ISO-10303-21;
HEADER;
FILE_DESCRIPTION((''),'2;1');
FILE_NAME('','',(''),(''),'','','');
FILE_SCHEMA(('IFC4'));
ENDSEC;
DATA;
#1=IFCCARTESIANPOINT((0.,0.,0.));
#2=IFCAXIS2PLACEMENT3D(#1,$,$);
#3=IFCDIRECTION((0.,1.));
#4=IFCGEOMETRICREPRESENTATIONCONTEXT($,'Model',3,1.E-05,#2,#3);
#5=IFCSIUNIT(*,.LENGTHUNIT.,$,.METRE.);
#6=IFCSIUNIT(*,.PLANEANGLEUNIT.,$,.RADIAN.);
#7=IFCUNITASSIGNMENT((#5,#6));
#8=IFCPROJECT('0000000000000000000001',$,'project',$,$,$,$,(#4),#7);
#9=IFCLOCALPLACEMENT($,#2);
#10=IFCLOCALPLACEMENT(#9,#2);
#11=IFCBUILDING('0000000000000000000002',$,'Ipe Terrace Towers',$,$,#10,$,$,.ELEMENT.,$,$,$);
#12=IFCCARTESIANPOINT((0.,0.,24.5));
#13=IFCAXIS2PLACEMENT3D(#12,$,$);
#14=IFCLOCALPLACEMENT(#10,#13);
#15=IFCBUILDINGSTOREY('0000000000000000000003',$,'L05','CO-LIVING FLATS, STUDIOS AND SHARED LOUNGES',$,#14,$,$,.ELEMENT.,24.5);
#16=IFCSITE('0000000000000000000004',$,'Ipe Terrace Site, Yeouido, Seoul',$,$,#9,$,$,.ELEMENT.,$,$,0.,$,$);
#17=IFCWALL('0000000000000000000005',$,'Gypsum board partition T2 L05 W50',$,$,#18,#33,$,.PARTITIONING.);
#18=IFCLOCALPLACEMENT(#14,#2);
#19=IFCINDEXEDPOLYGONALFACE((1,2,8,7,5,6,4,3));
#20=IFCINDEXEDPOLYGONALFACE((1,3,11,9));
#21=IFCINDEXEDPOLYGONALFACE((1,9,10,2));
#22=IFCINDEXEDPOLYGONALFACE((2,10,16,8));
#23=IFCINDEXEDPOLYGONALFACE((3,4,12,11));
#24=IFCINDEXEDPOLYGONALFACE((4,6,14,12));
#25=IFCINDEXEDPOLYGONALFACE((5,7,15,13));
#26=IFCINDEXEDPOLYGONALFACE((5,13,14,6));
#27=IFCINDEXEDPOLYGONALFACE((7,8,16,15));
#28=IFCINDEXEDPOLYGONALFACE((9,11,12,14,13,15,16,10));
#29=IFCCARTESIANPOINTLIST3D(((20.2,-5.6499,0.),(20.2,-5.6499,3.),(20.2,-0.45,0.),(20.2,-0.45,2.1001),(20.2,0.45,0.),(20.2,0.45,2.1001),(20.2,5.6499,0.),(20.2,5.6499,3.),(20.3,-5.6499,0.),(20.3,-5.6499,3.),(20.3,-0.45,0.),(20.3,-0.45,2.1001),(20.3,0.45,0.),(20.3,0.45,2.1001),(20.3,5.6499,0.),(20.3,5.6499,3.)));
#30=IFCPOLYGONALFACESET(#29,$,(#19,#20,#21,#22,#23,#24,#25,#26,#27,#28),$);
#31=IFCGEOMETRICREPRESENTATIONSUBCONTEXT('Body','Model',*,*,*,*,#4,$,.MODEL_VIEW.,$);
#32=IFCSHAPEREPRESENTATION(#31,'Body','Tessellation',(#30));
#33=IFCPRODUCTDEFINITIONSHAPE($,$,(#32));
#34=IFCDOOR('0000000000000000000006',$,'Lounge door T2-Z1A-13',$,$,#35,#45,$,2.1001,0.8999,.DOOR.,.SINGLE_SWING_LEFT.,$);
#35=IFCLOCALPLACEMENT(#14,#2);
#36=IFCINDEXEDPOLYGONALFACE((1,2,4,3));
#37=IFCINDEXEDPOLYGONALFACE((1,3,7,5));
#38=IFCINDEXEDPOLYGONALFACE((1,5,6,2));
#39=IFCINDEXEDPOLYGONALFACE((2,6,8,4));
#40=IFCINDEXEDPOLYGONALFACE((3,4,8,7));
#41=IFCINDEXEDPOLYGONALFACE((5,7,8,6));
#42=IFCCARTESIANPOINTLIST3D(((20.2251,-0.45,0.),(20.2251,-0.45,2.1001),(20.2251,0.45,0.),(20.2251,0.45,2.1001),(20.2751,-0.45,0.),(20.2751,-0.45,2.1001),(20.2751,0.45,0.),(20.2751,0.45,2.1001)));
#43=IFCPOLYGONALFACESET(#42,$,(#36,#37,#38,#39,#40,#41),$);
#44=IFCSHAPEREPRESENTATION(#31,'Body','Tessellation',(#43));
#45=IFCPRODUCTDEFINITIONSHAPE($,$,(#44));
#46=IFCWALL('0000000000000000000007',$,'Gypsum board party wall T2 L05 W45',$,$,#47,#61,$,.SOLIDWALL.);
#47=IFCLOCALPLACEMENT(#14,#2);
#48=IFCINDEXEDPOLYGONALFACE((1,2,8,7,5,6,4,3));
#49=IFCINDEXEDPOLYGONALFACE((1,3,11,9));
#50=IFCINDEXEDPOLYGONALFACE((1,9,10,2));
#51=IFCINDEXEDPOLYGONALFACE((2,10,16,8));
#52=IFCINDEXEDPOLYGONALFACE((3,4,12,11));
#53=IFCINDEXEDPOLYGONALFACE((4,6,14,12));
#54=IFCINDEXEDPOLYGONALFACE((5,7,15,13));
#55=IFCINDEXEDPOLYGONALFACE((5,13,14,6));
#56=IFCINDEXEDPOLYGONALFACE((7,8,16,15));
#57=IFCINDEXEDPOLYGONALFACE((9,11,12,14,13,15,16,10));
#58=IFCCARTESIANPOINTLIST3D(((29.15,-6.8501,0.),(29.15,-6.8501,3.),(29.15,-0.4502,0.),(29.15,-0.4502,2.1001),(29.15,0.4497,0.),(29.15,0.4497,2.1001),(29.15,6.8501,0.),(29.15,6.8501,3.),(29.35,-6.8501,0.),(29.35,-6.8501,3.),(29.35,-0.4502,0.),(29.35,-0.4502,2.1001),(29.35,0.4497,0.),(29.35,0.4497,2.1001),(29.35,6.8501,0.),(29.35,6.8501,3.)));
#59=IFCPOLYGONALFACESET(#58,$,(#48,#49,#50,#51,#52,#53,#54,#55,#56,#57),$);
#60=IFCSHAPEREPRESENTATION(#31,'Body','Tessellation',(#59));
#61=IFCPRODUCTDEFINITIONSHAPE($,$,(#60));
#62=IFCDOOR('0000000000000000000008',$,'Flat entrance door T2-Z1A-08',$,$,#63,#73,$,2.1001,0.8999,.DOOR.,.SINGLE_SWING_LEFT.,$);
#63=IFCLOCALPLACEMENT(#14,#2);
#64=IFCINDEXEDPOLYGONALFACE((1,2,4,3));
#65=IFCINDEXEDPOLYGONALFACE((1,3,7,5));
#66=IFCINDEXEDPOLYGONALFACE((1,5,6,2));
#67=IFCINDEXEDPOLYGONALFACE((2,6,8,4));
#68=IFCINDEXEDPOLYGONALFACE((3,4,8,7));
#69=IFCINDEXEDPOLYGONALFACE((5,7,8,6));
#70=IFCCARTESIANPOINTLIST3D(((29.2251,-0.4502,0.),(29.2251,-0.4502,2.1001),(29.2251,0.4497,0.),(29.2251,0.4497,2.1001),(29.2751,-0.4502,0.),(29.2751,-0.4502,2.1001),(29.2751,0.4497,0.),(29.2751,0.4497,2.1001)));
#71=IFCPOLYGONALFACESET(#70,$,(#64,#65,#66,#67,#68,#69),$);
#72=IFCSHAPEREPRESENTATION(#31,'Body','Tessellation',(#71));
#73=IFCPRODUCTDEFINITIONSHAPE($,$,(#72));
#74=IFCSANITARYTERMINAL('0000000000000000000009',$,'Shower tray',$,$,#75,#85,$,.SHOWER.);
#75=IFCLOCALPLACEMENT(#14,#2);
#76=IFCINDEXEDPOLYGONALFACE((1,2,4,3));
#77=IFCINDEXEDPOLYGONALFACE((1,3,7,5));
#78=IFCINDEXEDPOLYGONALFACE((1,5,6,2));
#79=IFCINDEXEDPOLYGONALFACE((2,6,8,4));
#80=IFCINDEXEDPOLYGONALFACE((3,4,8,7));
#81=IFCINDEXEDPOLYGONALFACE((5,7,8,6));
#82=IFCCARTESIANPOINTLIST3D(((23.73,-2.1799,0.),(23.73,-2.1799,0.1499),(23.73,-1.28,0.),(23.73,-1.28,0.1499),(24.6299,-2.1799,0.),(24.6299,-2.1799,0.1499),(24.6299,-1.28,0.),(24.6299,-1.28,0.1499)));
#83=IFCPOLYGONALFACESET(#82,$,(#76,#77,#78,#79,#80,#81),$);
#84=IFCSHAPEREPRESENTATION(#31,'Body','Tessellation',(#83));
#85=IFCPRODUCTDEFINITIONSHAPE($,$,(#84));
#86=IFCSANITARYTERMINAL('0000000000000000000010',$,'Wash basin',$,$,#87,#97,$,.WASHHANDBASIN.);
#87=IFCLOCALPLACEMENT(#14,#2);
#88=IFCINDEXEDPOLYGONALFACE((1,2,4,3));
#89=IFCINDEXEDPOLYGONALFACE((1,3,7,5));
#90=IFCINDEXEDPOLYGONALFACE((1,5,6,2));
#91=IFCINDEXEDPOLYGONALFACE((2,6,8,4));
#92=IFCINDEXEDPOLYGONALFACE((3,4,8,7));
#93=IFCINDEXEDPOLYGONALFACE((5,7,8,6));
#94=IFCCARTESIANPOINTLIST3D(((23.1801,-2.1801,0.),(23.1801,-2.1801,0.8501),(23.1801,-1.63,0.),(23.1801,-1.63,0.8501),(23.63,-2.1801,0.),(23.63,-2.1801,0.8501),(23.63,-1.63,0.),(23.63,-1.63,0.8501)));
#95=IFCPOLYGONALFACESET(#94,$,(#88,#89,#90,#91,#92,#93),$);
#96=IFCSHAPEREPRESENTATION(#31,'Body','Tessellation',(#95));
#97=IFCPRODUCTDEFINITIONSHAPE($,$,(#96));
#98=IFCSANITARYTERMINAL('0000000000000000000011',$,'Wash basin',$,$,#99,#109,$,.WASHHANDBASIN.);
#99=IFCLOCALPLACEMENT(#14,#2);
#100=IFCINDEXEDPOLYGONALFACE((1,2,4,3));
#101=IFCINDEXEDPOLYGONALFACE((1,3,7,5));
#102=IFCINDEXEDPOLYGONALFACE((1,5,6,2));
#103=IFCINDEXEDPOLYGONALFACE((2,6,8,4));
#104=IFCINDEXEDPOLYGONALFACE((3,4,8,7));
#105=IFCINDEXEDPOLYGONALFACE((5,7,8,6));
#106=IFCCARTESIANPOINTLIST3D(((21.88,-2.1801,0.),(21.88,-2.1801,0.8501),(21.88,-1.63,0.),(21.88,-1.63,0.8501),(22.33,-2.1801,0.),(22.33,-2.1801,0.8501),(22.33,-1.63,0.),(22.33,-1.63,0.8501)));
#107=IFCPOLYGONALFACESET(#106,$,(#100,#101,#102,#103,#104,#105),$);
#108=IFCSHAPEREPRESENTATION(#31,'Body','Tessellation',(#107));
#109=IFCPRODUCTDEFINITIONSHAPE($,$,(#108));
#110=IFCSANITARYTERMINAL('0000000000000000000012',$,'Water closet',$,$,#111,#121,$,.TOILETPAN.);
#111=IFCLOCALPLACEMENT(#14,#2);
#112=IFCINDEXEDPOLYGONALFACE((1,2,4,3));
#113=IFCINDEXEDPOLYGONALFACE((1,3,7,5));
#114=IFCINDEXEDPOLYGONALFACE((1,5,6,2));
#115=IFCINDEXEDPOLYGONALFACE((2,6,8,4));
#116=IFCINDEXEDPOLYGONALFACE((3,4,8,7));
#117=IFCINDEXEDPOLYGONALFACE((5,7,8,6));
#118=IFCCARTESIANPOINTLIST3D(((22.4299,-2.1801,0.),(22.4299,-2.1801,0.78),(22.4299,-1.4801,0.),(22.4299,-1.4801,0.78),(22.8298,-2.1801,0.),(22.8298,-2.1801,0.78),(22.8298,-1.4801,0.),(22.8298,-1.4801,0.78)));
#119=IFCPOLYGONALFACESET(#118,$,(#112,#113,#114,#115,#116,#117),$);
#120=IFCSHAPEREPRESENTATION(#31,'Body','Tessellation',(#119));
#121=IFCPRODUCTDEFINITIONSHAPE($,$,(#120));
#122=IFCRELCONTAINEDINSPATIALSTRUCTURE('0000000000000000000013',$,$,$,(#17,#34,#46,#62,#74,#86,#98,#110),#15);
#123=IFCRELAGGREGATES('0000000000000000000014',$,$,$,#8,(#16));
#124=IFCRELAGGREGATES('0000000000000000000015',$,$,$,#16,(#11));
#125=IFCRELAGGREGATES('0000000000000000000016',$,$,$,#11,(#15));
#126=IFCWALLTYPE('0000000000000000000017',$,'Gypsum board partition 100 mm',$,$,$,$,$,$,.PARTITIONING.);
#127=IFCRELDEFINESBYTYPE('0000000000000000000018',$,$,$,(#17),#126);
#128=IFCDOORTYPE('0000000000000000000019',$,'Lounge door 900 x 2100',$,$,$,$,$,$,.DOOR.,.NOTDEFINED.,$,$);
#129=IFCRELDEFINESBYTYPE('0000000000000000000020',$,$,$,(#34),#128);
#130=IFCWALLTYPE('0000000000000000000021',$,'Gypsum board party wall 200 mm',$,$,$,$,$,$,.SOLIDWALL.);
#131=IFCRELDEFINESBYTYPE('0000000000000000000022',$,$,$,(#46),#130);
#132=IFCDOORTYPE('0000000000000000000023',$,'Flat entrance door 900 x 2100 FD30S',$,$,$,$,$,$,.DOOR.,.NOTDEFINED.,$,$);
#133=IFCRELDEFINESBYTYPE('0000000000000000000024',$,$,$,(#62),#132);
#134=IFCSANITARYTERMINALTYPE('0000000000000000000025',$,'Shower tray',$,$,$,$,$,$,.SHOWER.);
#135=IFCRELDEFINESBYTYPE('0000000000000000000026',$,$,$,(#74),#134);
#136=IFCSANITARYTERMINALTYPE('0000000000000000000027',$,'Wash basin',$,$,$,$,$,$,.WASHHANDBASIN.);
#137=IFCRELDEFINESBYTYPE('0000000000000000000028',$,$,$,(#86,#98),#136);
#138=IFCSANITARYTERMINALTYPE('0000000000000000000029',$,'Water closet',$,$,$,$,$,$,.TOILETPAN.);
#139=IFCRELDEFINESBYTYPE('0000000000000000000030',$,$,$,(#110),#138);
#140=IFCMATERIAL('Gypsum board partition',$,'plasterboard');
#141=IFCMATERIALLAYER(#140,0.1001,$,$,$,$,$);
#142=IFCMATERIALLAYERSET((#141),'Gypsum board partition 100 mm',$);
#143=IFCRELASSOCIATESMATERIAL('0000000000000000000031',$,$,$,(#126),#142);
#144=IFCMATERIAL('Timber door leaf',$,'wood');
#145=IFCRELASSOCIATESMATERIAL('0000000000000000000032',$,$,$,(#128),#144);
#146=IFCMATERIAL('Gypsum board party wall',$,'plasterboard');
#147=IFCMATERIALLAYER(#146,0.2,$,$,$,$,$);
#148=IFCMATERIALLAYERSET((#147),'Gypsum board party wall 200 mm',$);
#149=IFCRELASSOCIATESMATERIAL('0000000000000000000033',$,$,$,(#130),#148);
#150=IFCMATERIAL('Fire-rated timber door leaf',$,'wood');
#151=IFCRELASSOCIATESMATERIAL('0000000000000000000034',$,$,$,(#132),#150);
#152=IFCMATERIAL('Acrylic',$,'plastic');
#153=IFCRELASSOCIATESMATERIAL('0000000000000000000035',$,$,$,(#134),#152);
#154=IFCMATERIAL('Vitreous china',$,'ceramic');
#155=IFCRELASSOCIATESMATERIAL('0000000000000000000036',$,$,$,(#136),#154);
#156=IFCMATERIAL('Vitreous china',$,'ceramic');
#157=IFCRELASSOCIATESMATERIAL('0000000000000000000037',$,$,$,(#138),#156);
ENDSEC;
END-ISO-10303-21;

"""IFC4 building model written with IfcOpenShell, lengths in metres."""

from ifc_helpers import new_model, si_unit, direction, frame, frame_2d, origin, origin_2d, place, context, subcontext, project, spatial, rectangle, extrude, material, layer, layer_set, type_object, element, fill, save


model = new_model("IFC4")

# Units and contexts
model_context = context("Model", 3, precision=1e-05, world=origin(), true_north=direction((0.0, 1.0)))
body_context = subcontext(model_context, "Body", "Model", "MODEL_VIEW")
ifc_project = project(units=[si_unit("LENGTHUNIT", "METRE"), si_unit("PLANEANGLEUNIT", "RADIAN")], contexts=[model_context])

# Site, building, storey
site_placement = place(None, origin())
site = spatial("IfcSite", under=ifc_project, at=site_placement, Name="Ipe Terrace Site, Yeouido, Seoul", CompositionType="ELEMENT", RefElevation=0.0)
building_placement = place(site_placement, origin())
building = spatial("IfcBuilding", under=site, at=building_placement, Name="Ipe Terrace Towers", CompositionType="ELEMENT")
storey_placement = place(building_placement, frame((0.0, 0.0, 24.5)))
storey = spatial("IfcBuildingStorey", under=building, at=storey_placement, Name="L05", Description="CO-LIVING FLATS, STUDIOS AND SHARED LOUNGES", CompositionType="ELEMENT", Elevation=24.5)

# Shared definitions
ifc_material_1 = material(Name="Gypsum board partition", Category="plasterboard")
ifc_layer_1 = layer(ifc_material_1, 0.1001)
ifc_layer_set_1 = layer_set([ifc_layer_1], Name="Gypsum board partition 100 mm")
wall_type_1 = type_object("IfcWallType", Name="Gypsum board partition 100 mm", PredefinedType="PARTITIONING", material=ifc_layer_set_1)
ifc_material_2 = material(Name="Timber door leaf", Category="wood")
door_type_1 = type_object("IfcDoorType", Name="Lounge door 900 x 2100", OperationType="NOTDEFINED", PredefinedType="DOOR", material=ifc_material_2)

# Walls, openings, doors
wall_1_placement = place(storey_placement, frame((20.25, -5.6499, 0.0), z_axis=(0.0, 0.0, 1.0), x_axis=(0.0, 1.0, 0.0)))
wall_1 = element("IfcWall", 1, at=wall_1_placement, inside=storey, type_object=wall_type_1, Name="Gypsum board partition T2 L05 W50", PredefinedType="PARTITIONING", context=body_context, shape_type="SweptSolid", body=[
    extrude(rectangle(XDim=11.2998, YDim=0.1001, at=frame_2d((5.6499, 0.0))), origin(), (0.0, 0.0, 1.0), 3.0),
])
opening_1_placement = place(wall_1_placement, frame((5.2, 0.0, 0.0)))
opening_1 = element("IfcOpeningElement", 2, at=opening_1_placement, cuts=wall_1, PredefinedType="OPENING", context=body_context, shape_type="SweptSolid", body=[
    extrude(rectangle(XDim=0.8999, YDim=2.1001, at=frame_2d((0.45, 1.05))), frame((0.0, 0.0601, 0.0), z_axis=(0.0, -1.0, 0.0), x_axis=(1.0, 0.0, 0.0)), (0.0, 0.0, 1.0), 0.1201),
])
door_1_placement = place(opening_1_placement, origin())
door_1 = element("IfcDoor", 3, at=door_1_placement, inside=storey, type_object=door_type_1, Name="Lounge door T2-Z1A-13", OperationType="SINGLE_SWING_LEFT", OverallHeight=2.1001, OverallWidth=0.8999, PredefinedType="DOOR", context=body_context, shape_type="SweptSolid", body=[
    extrude(rectangle(XDim=0.8999, YDim=2.1001, at=frame_2d((0.45, 1.05))), frame((0.0, 0.0249, 0.0), z_axis=(0.0, -1.0, 0.0), x_axis=(1.0, 0.0, 0.0)), (0.0, 0.0, 1.0), 0.05),
])
fill(opening_1, door_1)
ifc_material_3 = material(Name="Gypsum board party wall", Category="plasterboard")
ifc_layer_2 = layer(ifc_material_3, 0.2)
ifc_layer_set_2 = layer_set([ifc_layer_2], Name="Gypsum board party wall 200 mm")
wall_type_2 = type_object("IfcWallType", Name="Gypsum board party wall 200 mm", PredefinedType="SOLIDWALL", material=ifc_layer_set_2)
wall_2_placement = place(storey_placement, frame((29.25, -6.8501, 0.0), z_axis=(0.0, 0.0, 1.0), x_axis=(0.0, 1.0, 0.0)))
wall_2 = element("IfcWall", 4, at=wall_2_placement, inside=storey, type_object=wall_type_2, Name="Gypsum board party wall T2 L05 W45", PredefinedType="SOLIDWALL", context=body_context, shape_type="SweptSolid", body=[
    extrude(rectangle(XDim=13.7002, YDim=0.2, at=frame_2d((6.8501, 0.0))), origin(), (0.0, 0.0, 1.0), 3.0),
])
opening_2_placement = place(wall_2_placement, frame((6.3999, 0.0, 0.0)))
opening_2 = element("IfcOpeningElement", 5, at=opening_2_placement, cuts=wall_2, PredefinedType="OPENING", context=body_context, shape_type="SweptSolid", body=[
    extrude(rectangle(XDim=0.8999, YDim=2.1001, at=frame_2d((0.45, 1.05))), frame((0.0, 0.1099, 0.0), z_axis=(0.0, -1.0, 0.0), x_axis=(1.0, 0.0, 0.0)), (0.0, 0.0, 1.0), 0.22),
])
ifc_material_4 = material(Name="Fire-rated timber door leaf", Category="wood")
door_type_2 = type_object("IfcDoorType", Name="Flat entrance door 900 x 2100 FD30S", OperationType="NOTDEFINED", PredefinedType="DOOR", material=ifc_material_4)
door_2_placement = place(opening_2_placement, origin())
door_2 = element("IfcDoor", 6, at=door_2_placement, inside=storey, type_object=door_type_2, Name="Flat entrance door T2-Z1A-08", OperationType="SINGLE_SWING_LEFT", OverallHeight=2.1001, OverallWidth=0.8999, PredefinedType="DOOR", context=body_context, shape_type="SweptSolid", body=[
    extrude(rectangle(XDim=0.8999, YDim=2.1001, at=frame_2d((0.45, 1.05))), frame((0.0, 0.0249, 0.0), z_axis=(0.0, -1.0, 0.0), x_axis=(1.0, 0.0, 0.0)), (0.0, 0.0, 1.0), 0.05),
])
fill(opening_2, door_2)

# Sanitary terminals
ifc_material_5 = material(Name="Acrylic", Category="plastic")
sanitary_terminal_type_1 = type_object("IfcSanitaryTerminalType", Name="Shower tray", PredefinedType="SHOWER", material=ifc_material_5)
sanitary_terminal_1_placement = place(storey_placement, frame((24.1799, -1.73, 0.0), z_axis=(0.0, 0.0, 1.0), x_axis=(0.0, 1.0, 0.0)))
element("IfcSanitaryTerminal", 7, at=sanitary_terminal_1_placement, inside=storey, type_object=sanitary_terminal_type_1, Name="Shower tray", PredefinedType="SHOWER", context=body_context, shape_type="SweptSolid", body=[
    extrude(rectangle(XDim=0.8999, YDim=0.8999, at=origin_2d()), origin(), (0.0, 0.0, 1.0), 0.1499),
])
ifc_material_6 = material(Name="Vitreous china", Category="ceramic")
sanitary_terminal_type_2 = type_object("IfcSanitaryTerminalType", Name="Wash basin", PredefinedType="WASHHANDBASIN", material=ifc_material_6)
for number, where, z_axis, x_axis, name in (
    (8, (23.405, -1.905, 0.0), (0.0, 0.0, 1.0), (0.0, 1.0, 0.0), "Wash basin"),
    (9, (22.105, -1.905, 0.0), (0.0, 0.0, 1.0), (0.0, 1.0, 0.0), "Wash basin"),
):
    element("IfcSanitaryTerminal", number, at=place(storey_placement, frame(where, z_axis=z_axis, x_axis=x_axis)), inside=storey, type_object=sanitary_terminal_type_2, Name=name, PredefinedType="WASHHANDBASIN", context=body_context, shape_type="SweptSolid", body=[
        extrude(rectangle(XDim=0.55, YDim=0.45, at=origin_2d()), origin(), (0.0, 0.0, 1.0), 0.8501),
    ])
ifc_material_7 = material(Name="Vitreous china", Category="ceramic")
sanitary_terminal_type_3 = type_object("IfcSanitaryTerminalType", Name="Water closet", PredefinedType="TOILETPAN", material=ifc_material_7)
sanitary_terminal_2_placement = place(storey_placement, frame((22.6299, -1.8301, 0.0), z_axis=(0.0, 0.0, 1.0), x_axis=(0.0, 1.0, 0.0)))
element("IfcSanitaryTerminal", 10, at=sanitary_terminal_2_placement, inside=storey, type_object=sanitary_terminal_type_3, Name="Water closet", PredefinedType="TOILETPAN", context=body_context, shape_type="SweptSolid", body=[
    extrude(rectangle(XDim=0.7, YDim=0.3999, at=origin_2d()), origin(), (0.0, 0.0, 1.0), 0.78),
])

save(model, "model.ifc")
